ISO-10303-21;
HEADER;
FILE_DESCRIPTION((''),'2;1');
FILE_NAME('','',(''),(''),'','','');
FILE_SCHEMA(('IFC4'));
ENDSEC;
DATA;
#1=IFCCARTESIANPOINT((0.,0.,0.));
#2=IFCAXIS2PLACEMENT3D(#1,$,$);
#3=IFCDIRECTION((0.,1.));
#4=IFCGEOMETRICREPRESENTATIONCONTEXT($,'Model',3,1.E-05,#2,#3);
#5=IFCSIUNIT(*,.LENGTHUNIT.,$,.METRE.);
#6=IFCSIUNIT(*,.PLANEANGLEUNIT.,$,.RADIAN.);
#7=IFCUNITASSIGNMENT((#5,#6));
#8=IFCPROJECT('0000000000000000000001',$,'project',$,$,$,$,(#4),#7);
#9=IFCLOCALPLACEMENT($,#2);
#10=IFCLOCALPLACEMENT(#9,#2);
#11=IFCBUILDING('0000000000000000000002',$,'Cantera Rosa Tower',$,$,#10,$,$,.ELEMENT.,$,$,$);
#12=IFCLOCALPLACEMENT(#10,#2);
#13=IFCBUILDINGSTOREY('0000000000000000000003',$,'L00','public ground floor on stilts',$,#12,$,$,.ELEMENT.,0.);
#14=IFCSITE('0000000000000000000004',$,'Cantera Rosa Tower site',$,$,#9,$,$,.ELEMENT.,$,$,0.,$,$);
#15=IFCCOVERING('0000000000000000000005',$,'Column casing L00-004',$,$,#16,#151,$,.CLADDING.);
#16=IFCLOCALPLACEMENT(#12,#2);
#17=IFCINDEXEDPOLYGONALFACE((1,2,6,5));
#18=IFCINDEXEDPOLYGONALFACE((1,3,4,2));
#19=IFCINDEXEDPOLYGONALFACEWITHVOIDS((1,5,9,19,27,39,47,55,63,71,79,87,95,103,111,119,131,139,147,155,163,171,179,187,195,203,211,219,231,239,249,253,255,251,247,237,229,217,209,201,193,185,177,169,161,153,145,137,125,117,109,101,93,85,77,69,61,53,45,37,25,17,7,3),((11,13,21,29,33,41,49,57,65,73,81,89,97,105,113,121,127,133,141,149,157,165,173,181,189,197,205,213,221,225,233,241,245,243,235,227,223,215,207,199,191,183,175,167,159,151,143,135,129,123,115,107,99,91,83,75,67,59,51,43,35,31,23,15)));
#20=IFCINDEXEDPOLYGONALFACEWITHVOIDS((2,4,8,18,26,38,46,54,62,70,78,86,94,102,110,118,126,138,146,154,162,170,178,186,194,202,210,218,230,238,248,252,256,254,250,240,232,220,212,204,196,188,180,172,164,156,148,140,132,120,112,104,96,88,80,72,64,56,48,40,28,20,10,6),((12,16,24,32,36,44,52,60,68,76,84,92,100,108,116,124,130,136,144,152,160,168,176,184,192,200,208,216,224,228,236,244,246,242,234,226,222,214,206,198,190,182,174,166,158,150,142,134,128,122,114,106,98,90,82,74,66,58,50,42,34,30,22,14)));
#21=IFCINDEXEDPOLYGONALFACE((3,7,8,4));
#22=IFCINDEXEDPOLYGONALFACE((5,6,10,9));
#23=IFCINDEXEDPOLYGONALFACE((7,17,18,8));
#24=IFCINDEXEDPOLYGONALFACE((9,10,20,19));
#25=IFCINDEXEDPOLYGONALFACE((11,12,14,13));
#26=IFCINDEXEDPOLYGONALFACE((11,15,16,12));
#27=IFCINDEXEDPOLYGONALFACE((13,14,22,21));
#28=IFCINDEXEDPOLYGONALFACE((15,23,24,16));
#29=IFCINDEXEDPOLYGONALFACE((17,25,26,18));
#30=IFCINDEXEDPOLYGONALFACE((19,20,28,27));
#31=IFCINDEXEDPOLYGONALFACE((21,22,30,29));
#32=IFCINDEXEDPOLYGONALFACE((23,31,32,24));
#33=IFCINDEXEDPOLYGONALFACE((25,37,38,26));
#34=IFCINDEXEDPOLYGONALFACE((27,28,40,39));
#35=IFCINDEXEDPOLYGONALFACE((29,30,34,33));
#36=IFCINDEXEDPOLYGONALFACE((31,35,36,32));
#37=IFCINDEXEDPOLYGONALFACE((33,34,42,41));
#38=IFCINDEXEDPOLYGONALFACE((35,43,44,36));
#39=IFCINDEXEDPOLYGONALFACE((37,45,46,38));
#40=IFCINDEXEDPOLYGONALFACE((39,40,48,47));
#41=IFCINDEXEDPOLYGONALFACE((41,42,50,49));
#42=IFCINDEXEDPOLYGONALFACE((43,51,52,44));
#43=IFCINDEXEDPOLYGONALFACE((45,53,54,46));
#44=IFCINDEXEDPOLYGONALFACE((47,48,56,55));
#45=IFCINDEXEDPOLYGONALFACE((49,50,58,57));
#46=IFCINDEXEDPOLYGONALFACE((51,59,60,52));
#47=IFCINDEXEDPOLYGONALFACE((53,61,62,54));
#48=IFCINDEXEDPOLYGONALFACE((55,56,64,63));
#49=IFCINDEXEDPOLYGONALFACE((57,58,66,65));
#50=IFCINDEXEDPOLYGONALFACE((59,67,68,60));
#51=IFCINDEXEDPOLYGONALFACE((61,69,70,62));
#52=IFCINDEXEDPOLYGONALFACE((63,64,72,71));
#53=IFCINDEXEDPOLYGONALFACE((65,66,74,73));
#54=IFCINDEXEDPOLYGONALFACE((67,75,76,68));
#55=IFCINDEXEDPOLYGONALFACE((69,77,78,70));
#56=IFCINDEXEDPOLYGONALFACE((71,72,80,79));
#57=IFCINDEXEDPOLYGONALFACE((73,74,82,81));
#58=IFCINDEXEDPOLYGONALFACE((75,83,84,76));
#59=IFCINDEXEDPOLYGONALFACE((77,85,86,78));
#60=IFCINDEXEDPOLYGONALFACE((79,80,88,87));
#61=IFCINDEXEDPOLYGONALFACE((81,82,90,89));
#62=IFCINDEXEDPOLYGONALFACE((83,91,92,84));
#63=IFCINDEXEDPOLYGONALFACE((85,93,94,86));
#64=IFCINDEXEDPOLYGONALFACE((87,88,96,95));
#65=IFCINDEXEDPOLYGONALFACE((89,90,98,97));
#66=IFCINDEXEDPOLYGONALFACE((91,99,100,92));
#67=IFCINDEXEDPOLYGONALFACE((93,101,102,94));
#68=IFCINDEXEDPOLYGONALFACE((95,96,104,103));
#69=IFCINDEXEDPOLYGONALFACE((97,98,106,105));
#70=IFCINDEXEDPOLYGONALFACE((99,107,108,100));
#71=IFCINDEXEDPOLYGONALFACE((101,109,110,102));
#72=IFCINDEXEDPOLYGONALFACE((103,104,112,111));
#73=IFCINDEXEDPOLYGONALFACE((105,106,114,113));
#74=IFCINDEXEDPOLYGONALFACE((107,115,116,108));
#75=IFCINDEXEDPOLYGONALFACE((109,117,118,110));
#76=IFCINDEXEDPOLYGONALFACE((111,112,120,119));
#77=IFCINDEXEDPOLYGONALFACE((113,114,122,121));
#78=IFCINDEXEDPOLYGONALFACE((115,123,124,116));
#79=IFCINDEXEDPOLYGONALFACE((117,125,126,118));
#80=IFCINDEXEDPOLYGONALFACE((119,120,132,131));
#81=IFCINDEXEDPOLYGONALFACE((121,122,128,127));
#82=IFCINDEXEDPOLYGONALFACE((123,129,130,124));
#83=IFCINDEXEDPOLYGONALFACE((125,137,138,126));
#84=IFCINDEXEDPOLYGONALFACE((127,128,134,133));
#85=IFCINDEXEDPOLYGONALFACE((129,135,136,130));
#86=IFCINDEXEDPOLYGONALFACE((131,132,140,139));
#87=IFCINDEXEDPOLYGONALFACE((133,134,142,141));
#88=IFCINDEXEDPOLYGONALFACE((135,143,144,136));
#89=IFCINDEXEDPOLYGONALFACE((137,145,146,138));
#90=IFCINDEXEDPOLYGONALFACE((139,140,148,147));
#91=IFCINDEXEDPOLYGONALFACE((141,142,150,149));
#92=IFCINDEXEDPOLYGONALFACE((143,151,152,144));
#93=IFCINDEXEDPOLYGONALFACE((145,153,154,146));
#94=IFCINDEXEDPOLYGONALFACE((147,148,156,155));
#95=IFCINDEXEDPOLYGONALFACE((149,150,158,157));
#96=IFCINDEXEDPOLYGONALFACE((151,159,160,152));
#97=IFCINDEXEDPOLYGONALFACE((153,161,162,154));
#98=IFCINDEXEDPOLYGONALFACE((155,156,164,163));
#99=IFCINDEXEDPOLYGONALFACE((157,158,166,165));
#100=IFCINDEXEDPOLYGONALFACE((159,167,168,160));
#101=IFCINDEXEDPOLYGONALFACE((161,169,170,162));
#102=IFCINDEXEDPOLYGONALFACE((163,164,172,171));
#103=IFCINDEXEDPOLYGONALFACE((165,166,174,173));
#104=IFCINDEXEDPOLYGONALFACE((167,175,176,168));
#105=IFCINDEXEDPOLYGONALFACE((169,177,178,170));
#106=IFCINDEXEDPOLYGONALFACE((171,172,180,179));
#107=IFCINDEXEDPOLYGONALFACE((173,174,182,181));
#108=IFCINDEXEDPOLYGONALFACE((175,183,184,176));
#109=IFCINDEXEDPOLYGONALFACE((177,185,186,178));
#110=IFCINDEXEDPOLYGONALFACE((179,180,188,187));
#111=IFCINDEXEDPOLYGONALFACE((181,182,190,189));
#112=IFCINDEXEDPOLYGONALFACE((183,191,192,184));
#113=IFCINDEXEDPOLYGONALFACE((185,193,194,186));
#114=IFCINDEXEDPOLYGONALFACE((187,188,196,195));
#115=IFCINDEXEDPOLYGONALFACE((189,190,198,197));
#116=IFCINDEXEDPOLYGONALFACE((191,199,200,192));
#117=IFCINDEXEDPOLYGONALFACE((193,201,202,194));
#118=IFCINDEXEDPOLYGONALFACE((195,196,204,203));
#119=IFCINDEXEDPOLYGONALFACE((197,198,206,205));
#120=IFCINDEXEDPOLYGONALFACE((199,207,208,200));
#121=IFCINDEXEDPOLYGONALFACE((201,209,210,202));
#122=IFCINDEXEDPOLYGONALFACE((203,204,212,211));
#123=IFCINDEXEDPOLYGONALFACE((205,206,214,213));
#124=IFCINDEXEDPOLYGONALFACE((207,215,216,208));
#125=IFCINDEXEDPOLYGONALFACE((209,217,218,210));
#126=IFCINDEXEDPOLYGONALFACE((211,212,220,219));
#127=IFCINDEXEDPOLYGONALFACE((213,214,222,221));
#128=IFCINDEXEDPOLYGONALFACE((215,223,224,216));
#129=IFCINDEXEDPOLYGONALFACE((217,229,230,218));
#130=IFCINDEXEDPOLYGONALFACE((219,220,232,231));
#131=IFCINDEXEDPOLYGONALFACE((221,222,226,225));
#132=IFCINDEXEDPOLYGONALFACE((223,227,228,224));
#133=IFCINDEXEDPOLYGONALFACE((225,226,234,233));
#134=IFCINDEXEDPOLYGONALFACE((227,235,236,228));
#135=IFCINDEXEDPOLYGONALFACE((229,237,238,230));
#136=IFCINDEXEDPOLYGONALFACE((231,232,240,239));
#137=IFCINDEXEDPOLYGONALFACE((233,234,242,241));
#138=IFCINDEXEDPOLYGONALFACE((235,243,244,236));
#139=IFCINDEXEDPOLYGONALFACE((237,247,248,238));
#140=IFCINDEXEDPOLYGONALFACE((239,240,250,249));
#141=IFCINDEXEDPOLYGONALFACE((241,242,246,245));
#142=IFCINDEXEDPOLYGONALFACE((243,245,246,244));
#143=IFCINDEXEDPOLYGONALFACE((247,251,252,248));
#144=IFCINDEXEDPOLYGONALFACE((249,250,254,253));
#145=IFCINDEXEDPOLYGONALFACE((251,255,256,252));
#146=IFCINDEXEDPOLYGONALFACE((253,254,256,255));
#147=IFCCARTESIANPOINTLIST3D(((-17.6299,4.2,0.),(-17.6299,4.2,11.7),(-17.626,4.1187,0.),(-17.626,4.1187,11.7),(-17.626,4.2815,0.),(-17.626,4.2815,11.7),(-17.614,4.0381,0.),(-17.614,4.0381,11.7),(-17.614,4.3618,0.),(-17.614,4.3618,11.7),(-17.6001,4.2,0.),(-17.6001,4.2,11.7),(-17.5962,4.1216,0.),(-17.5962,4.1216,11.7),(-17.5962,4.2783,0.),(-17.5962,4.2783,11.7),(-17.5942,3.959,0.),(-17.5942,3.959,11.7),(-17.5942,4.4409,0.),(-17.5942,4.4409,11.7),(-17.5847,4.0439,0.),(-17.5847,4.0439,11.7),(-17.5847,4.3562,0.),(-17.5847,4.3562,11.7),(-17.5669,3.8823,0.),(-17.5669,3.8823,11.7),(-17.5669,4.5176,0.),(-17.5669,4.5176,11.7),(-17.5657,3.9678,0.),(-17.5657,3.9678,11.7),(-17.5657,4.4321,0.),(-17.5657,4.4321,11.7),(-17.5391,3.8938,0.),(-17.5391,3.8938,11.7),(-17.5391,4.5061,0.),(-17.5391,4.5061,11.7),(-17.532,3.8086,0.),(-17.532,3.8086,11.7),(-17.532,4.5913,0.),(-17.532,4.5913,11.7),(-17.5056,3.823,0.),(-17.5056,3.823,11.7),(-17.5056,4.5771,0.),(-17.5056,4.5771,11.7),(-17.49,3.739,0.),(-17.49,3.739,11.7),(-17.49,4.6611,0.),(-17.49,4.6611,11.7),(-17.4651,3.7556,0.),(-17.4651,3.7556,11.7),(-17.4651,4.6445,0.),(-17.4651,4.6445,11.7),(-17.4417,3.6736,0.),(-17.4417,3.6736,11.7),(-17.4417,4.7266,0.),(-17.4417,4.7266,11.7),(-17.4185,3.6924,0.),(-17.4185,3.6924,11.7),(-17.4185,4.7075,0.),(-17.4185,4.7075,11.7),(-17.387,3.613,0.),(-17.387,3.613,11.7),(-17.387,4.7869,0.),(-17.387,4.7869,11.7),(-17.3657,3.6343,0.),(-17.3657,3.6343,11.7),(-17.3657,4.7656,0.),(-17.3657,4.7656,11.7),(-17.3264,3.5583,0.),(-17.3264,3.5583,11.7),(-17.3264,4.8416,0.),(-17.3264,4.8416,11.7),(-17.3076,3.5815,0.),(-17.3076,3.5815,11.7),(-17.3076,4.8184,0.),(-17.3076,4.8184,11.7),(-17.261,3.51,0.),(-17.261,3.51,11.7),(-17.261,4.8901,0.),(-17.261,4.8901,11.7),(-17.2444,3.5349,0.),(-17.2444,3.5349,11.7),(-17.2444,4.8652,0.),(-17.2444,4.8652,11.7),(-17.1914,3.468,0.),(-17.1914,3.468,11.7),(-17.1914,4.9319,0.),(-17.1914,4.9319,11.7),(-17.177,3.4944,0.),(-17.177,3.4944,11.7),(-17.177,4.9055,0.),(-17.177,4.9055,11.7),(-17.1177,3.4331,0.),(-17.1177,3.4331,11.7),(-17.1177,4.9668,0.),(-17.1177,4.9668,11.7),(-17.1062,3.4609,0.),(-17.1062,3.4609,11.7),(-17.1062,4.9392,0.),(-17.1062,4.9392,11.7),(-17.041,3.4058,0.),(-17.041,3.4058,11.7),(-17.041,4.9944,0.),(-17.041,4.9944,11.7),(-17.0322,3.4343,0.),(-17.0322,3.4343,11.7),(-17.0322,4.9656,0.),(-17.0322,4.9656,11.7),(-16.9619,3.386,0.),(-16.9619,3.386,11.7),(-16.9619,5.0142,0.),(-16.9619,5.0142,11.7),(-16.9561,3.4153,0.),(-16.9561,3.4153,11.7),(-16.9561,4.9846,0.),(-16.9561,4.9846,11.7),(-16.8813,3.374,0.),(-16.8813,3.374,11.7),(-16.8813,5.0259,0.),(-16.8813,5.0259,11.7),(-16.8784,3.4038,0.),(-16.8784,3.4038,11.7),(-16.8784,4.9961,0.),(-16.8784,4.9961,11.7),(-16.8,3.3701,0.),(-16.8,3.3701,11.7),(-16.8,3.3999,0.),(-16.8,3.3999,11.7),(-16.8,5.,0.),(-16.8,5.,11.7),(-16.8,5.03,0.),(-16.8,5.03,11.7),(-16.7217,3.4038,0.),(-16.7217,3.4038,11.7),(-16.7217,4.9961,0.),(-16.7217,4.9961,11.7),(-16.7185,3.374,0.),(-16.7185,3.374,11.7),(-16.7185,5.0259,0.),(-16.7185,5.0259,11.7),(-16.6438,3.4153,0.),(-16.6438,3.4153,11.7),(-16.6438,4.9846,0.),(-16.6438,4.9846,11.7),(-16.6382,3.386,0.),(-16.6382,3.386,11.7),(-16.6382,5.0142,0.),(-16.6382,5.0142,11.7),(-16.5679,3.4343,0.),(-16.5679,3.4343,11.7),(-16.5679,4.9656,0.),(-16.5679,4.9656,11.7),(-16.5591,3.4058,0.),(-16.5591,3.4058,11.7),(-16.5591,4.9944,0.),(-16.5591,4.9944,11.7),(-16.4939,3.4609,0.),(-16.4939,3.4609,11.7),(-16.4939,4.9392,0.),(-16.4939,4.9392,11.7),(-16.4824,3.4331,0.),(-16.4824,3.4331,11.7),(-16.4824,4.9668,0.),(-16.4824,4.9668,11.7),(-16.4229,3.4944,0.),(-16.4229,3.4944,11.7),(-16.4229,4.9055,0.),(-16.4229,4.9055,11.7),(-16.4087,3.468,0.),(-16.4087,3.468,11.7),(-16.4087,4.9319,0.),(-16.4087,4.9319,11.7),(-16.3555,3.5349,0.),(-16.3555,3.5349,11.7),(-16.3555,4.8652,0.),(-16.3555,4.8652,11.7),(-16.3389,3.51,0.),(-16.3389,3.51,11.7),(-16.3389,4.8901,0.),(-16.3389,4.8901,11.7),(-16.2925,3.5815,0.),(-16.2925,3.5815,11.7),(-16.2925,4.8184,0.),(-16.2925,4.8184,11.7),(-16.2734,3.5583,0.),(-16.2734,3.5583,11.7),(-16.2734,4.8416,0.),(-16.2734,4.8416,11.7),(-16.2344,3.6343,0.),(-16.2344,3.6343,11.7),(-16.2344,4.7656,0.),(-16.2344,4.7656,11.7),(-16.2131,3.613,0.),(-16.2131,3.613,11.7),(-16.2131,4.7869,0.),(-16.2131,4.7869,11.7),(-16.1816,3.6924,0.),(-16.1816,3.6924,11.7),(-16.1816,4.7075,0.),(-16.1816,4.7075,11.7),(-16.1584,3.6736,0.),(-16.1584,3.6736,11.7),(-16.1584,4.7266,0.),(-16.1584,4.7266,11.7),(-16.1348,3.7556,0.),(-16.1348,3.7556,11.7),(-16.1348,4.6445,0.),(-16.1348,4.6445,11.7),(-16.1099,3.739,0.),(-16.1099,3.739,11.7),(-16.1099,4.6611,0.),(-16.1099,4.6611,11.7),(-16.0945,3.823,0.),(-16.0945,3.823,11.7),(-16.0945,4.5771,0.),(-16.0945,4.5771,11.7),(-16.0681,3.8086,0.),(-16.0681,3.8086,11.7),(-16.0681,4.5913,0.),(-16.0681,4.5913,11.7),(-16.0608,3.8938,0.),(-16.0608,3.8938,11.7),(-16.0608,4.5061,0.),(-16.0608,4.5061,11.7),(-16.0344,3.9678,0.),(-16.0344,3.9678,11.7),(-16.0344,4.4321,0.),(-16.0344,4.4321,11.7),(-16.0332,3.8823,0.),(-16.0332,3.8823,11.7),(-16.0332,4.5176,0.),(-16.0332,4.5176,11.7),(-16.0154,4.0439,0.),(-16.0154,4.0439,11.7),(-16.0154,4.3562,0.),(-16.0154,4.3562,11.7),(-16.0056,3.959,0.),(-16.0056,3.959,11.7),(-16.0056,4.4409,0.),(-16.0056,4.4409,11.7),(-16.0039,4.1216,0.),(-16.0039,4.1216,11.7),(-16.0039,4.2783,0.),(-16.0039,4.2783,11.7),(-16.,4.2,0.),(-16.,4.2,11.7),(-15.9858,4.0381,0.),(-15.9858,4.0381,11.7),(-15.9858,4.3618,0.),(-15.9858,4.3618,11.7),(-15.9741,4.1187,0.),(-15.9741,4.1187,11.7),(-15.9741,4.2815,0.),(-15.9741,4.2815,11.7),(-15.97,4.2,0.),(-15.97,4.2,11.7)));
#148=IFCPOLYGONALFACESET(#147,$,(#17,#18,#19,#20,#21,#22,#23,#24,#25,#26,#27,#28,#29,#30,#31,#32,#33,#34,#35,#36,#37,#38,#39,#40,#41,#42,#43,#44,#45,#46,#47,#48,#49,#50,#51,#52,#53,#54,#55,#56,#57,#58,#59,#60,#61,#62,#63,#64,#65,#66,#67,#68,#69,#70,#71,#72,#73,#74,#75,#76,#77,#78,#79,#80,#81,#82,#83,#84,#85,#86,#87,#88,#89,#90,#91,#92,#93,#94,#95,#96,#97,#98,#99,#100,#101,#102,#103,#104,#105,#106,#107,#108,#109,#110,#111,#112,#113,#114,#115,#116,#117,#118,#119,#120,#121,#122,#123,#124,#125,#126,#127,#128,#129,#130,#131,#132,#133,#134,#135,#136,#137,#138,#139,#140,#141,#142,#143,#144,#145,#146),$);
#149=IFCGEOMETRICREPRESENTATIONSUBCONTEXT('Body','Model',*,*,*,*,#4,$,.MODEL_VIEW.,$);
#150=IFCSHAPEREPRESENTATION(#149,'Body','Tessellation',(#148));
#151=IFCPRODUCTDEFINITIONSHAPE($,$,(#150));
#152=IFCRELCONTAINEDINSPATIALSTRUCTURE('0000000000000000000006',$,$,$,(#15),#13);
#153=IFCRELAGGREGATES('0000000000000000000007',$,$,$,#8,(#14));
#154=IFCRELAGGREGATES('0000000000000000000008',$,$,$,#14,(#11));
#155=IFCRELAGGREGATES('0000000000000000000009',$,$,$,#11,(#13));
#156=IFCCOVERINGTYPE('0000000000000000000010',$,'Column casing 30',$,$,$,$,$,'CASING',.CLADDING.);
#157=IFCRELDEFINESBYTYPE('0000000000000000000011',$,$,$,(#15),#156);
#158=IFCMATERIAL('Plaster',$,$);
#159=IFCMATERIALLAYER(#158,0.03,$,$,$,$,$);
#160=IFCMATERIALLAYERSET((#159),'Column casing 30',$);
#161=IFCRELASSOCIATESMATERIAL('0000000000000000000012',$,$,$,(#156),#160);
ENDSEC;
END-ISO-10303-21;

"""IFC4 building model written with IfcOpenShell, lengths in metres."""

from ifc_helpers import new_model, si_unit, direction, origin, place, context, subcontext, project, spatial, polyline, outline, extrude, material, layer, layer_set, type_object, element, save


model = new_model("IFC4")

# Units and contexts
model_context = context("Model", 3, precision=1e-05, world=origin(), true_north=direction((0.0, 1.0)))
body_context = subcontext(model_context, "Body", "Model", "MODEL_VIEW")
ifc_project = project(units=[si_unit("LENGTHUNIT", "METRE"), si_unit("PLANEANGLEUNIT", "RADIAN")], contexts=[model_context])

# Site, building, storey
site_placement = place(None, origin())
site = spatial("IfcSite", under=ifc_project, at=site_placement, Name="Cantera Rosa Tower site", CompositionType="ELEMENT", RefElevation=0.0)
building_placement = place(site_placement, origin())
building = spatial("IfcBuilding", under=site, at=building_placement, Name="Cantera Rosa Tower", CompositionType="ELEMENT")
storey_placement = place(building_placement, origin())
storey = spatial("IfcBuildingStorey", under=building, at=storey_placement, Name="L00", Description="public ground floor on stilts", CompositionType="ELEMENT", Elevation=0.0)

# Covering
ifc_material_1 = material(Name="Plaster")
ifc_layer_1 = layer(ifc_material_1, 0.03)
ifc_layer_set_1 = layer_set([ifc_layer_1], Name="Column casing 30")
covering_type = type_object("IfcCoveringType", Name="Column casing 30", ElementType="CASING", PredefinedType="CLADDING", material=ifc_layer_set_1)
covering_1_placement = place(storey_placement, origin())
element("IfcCovering", 1, at=covering_1_placement, inside=storey, type_object=covering_type, Name="Column casing L00-004", PredefinedType="CLADDING", context=body_context, shape_type="SweptSolid", body=[
    extrude(outline(polyline([(-15.9741, 4.1187), (-15.97, 4.2), (-15.9741, 4.2815), (-15.9858, 4.3618), (-16.0056, 4.4409), (-16.0332, 4.5176), (-16.0681, 4.5913), (-16.1099, 4.6611), (-16.1584, 4.7266), (-16.2131, 4.7869), (-16.2734, 4.8416), (-16.3389, 4.8901), (-16.4087, 4.9319), (-16.4824, 4.9668), (-16.5591, 4.9944), (-16.6382, 5.0142), (-16.7185, 5.0259), (-16.8, 5.03), (-16.8813, 5.0259), (-16.9619, 5.0142), (-17.041, 4.9944), (-17.1177, 4.9668), (-17.1914, 4.9319), (-17.261, 4.8901), (-17.3264, 4.8416), (-17.387, 4.7869), (-17.4417, 4.7266), (-17.49, 4.6611), (-17.532, 4.5913), (-17.5669, 4.5176), (-17.5942, 4.4409), (-17.614, 4.3618), (-17.626, 4.2815), (-17.6299, 4.2), (-17.626, 4.1187), (-17.614, 4.0381), (-17.5942, 3.959), (-17.5669, 3.8823), (-17.532, 3.8086), (-17.49, 3.739), (-17.4417, 3.6736), (-17.387, 3.613), (-17.3264, 3.5583), (-17.261, 3.51), (-17.1914, 3.468), (-17.1177, 3.4331), (-17.041, 3.4058), (-16.9619, 3.386), (-16.8813, 3.374), (-16.8, 3.3701), (-16.7185, 3.374), (-16.6382, 3.386), (-16.5591, 3.4058), (-16.4824, 3.4331), (-16.4087, 3.468), (-16.3389, 3.51), (-16.2734, 3.5583), (-16.2131, 3.613), (-16.1584, 3.6736), (-16.1099, 3.739), (-16.0681, 3.8086), (-16.0332, 3.8823), (-16.0056, 3.959), (-15.9858, 4.0381), (-15.9741, 4.1187)]), holes=[polyline([(-16.0039, 4.2783), (-16.0154, 4.3562), (-16.0344, 4.4321), (-16.0608, 4.5061), (-16.0945, 4.5771), (-16.1348, 4.6445), (-16.1816, 4.7075), (-16.2344, 4.7656), (-16.2925, 4.8184), (-16.3555, 4.8652), (-16.4229, 4.9055), (-16.4939, 4.9392), (-16.5679, 4.9656), (-16.6438, 4.9846), (-16.7217, 4.9961), (-16.8, 5.0), (-16.8784, 4.9961), (-16.9561, 4.9846), (-17.0322, 4.9656), (-17.1062, 4.9392), (-17.177, 4.9055), (-17.2444, 4.8652), (-17.3076, 4.8184), (-17.3657, 4.7656), (-17.4185, 4.7075), (-17.4651, 4.6445), (-17.5056, 4.5771), (-17.5391, 4.5061), (-17.5657, 4.4321), (-17.5847, 4.3562), (-17.5962, 4.2783), (-17.6001, 4.2), (-17.5962, 4.1216), (-17.5847, 4.0439), (-17.5657, 3.9678), (-17.5391, 3.8938), (-17.5056, 3.823), (-17.4651, 3.7556), (-17.4185, 3.6924), (-17.3657, 3.6343), (-17.3076, 3.5815), (-17.2444, 3.5349), (-17.177, 3.4944), (-17.1062, 3.4609), (-17.0322, 3.4343), (-16.9561, 3.4153), (-16.8784, 3.4038), (-16.8, 3.3999), (-16.7217, 3.4038), (-16.6438, 3.4153), (-16.5679, 3.4343), (-16.4939, 3.4609), (-16.4229, 3.4944), (-16.3555, 3.5349), (-16.2925, 3.5815), (-16.2344, 3.6343), (-16.1816, 3.6924), (-16.1348, 3.7556), (-16.0945, 3.823), (-16.0608, 3.8938), (-16.0344, 3.9678), (-16.0154, 4.0439), (-16.0039, 4.1216), (-16.0, 4.2), (-16.0039, 4.2783)])]), origin(), (0.0, 0.0, 1.0), 11.7),
])

save(model, "model.ifc")
